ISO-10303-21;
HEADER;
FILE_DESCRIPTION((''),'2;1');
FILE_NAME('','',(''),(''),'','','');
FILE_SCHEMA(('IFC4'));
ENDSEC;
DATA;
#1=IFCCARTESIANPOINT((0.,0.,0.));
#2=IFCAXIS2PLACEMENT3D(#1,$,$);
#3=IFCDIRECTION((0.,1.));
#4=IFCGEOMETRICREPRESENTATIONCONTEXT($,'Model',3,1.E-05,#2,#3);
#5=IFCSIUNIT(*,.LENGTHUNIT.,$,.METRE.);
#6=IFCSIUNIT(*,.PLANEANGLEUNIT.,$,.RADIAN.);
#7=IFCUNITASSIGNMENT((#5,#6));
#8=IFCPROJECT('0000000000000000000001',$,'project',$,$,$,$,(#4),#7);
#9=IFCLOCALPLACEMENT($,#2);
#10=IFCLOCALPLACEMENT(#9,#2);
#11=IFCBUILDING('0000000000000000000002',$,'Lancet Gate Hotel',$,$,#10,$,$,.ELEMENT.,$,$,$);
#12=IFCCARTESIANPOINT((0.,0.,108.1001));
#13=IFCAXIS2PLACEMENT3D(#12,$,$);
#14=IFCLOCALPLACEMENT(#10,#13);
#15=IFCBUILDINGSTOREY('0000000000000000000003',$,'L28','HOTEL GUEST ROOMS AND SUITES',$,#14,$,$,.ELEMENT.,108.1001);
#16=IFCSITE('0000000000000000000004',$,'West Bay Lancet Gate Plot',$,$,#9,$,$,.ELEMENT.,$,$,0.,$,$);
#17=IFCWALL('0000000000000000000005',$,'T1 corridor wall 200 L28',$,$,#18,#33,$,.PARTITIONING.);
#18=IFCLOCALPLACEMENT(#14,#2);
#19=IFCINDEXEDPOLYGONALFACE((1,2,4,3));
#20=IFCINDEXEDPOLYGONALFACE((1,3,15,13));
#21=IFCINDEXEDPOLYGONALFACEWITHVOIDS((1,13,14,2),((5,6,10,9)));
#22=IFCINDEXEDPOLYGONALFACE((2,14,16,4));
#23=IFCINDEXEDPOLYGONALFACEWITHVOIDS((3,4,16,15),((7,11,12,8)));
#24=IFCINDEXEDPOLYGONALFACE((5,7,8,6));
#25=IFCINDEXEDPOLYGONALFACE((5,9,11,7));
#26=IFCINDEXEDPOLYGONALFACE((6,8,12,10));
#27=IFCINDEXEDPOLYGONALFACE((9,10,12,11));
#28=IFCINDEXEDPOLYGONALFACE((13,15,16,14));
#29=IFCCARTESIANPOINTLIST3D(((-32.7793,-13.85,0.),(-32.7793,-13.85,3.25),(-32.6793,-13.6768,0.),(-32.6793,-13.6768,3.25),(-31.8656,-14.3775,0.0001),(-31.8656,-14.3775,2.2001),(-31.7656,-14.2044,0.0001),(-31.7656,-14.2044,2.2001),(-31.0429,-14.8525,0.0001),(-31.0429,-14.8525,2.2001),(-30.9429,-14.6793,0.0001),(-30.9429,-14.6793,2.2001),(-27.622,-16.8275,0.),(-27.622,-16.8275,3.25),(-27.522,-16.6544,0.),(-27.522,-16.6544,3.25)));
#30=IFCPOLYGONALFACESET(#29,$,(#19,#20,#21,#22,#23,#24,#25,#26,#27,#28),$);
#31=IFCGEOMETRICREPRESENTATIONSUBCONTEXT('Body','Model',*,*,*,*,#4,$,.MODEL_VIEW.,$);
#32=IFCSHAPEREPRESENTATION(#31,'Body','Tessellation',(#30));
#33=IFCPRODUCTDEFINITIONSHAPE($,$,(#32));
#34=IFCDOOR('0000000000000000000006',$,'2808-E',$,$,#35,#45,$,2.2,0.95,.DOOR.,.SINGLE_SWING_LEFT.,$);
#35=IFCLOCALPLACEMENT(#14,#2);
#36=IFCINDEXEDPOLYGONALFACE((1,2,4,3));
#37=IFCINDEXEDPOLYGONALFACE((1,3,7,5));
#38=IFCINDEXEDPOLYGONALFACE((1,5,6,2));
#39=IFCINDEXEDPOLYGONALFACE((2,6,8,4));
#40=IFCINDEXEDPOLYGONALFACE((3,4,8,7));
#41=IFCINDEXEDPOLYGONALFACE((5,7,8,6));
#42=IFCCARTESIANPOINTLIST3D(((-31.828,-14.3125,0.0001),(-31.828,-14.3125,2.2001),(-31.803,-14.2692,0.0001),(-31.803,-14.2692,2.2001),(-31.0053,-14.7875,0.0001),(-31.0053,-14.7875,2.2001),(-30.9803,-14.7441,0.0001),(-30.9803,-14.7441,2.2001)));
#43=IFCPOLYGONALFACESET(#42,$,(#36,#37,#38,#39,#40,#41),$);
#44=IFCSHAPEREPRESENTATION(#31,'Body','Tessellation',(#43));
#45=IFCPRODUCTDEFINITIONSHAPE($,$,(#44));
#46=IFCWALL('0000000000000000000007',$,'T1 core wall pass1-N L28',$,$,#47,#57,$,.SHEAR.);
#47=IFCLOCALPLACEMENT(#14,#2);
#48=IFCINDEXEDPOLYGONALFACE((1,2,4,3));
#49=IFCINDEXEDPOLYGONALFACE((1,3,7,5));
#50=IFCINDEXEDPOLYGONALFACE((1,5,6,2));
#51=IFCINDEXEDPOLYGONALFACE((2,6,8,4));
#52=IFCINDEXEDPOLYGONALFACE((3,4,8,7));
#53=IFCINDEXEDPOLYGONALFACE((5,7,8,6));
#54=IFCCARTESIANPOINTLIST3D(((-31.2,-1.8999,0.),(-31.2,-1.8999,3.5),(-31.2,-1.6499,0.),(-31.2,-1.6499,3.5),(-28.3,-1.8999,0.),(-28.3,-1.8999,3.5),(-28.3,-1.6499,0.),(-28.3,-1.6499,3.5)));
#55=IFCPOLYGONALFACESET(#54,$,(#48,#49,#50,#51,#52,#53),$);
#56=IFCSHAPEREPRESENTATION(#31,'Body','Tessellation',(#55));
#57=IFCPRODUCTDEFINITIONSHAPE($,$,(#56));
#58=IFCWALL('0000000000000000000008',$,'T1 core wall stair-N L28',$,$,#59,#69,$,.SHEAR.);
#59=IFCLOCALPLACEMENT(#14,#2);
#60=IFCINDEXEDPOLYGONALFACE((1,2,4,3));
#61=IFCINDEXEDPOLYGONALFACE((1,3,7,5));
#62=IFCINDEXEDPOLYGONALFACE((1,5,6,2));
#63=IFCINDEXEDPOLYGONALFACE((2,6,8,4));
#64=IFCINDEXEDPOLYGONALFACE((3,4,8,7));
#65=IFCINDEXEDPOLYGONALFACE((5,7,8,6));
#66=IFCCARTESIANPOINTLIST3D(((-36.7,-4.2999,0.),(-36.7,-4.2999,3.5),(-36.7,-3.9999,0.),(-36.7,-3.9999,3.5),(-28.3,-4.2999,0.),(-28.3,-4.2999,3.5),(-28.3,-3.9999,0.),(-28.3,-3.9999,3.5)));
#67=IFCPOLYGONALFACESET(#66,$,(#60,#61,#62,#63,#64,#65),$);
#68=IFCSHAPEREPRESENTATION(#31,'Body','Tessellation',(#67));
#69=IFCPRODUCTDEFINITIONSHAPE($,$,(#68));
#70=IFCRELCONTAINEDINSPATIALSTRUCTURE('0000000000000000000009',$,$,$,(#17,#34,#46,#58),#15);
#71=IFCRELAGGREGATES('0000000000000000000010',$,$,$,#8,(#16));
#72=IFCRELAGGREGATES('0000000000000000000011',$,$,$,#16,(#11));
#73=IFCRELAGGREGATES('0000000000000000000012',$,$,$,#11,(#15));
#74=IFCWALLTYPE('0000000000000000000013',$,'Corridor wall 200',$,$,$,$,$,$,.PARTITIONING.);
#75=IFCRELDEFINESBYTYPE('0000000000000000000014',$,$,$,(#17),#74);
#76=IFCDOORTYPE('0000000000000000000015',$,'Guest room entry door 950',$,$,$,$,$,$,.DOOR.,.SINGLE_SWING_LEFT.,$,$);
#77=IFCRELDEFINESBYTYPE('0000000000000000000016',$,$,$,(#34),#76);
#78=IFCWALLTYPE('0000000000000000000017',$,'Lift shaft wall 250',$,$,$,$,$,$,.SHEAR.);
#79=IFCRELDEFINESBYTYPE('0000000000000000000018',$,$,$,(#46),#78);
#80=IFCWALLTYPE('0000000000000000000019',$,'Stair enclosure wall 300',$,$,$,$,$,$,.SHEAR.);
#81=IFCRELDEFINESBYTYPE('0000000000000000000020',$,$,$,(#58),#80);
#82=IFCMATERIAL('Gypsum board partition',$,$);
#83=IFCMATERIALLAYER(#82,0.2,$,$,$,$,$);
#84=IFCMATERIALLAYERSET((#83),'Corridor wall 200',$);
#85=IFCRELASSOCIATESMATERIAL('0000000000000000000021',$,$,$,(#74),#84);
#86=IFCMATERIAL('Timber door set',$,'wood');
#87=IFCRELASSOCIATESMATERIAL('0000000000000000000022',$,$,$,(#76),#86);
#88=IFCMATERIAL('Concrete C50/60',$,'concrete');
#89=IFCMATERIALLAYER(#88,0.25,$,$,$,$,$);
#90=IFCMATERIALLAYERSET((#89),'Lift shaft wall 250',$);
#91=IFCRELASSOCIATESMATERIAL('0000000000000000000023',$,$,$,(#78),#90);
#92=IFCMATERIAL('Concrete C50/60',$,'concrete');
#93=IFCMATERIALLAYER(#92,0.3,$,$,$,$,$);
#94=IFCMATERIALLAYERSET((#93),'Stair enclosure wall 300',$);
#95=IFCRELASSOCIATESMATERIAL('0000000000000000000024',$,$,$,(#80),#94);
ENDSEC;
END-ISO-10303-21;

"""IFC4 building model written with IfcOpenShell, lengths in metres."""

from ifc_helpers import new_model, si_unit, direction, frame, frame_2d, origin, place, context, subcontext, project, spatial, rectangle, extrude, material, layer, layer_set, type_object, element, fill, save


model = new_model("IFC4")

# Units and contexts
model_context = context("Model", 3, precision=1e-05, world=origin(), true_north=direction((0.0, 1.0)))
body_context = subcontext(model_context, "Body", "Model", "MODEL_VIEW")
ifc_project = project(units=[si_unit("LENGTHUNIT", "METRE"), si_unit("PLANEANGLEUNIT", "RADIAN")], contexts=[model_context])

# Site, building, storey
site_placement = place(None, origin())
site = spatial("IfcSite", under=ifc_project, at=site_placement, Name="West Bay Lancet Gate Plot", CompositionType="ELEMENT", RefElevation=0.0)
building_placement = place(site_placement, origin())
building = spatial("IfcBuilding", under=site, at=building_placement, Name="Lancet Gate Hotel", CompositionType="ELEMENT")
storey_placement = place(building_placement, frame((0.0, 0.0, 108.1001)))
storey = spatial("IfcBuildingStorey", under=building, at=storey_placement, Name="L28", Description="HOTEL GUEST ROOMS AND SUITES", CompositionType="ELEMENT", Elevation=108.1001)

# Wall, opening, door
ifc_material_1 = material(Name="Gypsum board partition")
ifc_layer_1 = layer(ifc_material_1, 0.2)
ifc_layer_set_1 = layer_set([ifc_layer_1], Name="Corridor wall 200")
wall_type_1 = type_object("IfcWallType", Name="Corridor wall 200", PredefinedType="PARTITIONING", material=ifc_layer_set_1)
wall_1_placement = place(storey_placement, frame((-27.572, -16.741, 0.0), z_axis=(0.0, 0.0, 1.0), x_axis=(-0.866024, 0.500002, 0.0)))
wall_1 = element("IfcWall", 1, at=wall_1_placement, inside=storey, type_object=wall_type_1, Name="T1 corridor wall 200 L28", PredefinedType="PARTITIONING", context=body_context, shape_type="SweptSolid", body=[
    extrude(rectangle(XDim=5.9551, YDim=0.2, at=frame_2d((2.9775, 0.0))), origin(), (0.0, 0.0, 1.0), 3.25),
])
opening_1_placement = place(wall_1_placement, frame((3.95, 0.0, 0.0)))
opening_1 = element("IfcOpeningElement", 2, at=opening_1_placement, cuts=wall_1, PredefinedType="OPENING", context=body_context, shape_type="SweptSolid", body=[
    extrude(rectangle(XDim=0.95, YDim=2.2, at=frame_2d((0.4751, 1.1001))), frame((0.0, 0.1099, 0.0), z_axis=(0.0, -1.0, 0.0), x_axis=(1.0, 0.0, 0.0)), (0.0, 0.0, 1.0), 0.22),
])
ifc_material_2 = material(Name="Timber door set", Category="wood")
door_type_1 = type_object("IfcDoorType", Name="Guest room entry door 950", OperationType="SINGLE_SWING_LEFT", PredefinedType="DOOR", material=ifc_material_2)
door_1_placement = place(opening_1_placement, origin())
door_1 = element("IfcDoor", 3, at=door_1_placement, inside=storey, type_object=door_type_1, Name="2808-E", OperationType="SINGLE_SWING_LEFT", OverallHeight=2.2, OverallWidth=0.95, PredefinedType="DOOR", context=body_context, shape_type="SweptSolid", body=[
    extrude(rectangle(XDim=0.95, YDim=2.2, at=frame_2d((0.4751, 1.1001))), frame((0.0, 0.0249, 0.0), z_axis=(0.0, -1.0, 0.0), x_axis=(1.0, 0.0, 0.0)), (0.0, 0.0, 1.0), 0.05),
])
fill(opening_1, door_1)

# Walls
ifc_material_3 = material(Name="Concrete C50/60", Category="concrete")
ifc_layer_2 = layer(ifc_material_3, 0.25)
ifc_layer_set_2 = layer_set([ifc_layer_2], Name="Lift shaft wall 250")
wall_type_2 = type_object("IfcWallType", Name="Lift shaft wall 250", PredefinedType="SHEAR", material=ifc_layer_set_2)
wall_2_placement = place(storey_placement, frame((-28.3, -1.7749, 0.0), z_axis=(0.0, 0.0, 1.0), x_axis=(-1.0, 0.0, 0.0)))
element("IfcWall", 4, at=wall_2_placement, inside=storey, type_object=wall_type_2, Name="T1 core wall pass1-N L28", PredefinedType="SHEAR", context=body_context, shape_type="SweptSolid", body=[
    extrude(rectangle(XDim=2.8999, YDim=0.25, at=frame_2d((1.45, 0.0))), origin(), (0.0, 0.0, 1.0), 3.5),
])
ifc_material_4 = material(Name="Concrete C50/60", Category="concrete")
ifc_layer_3 = layer(ifc_material_4, 0.3)
ifc_layer_set_3 = layer_set([ifc_layer_3], Name="Stair enclosure wall 300")
wall_type_3 = type_object("IfcWallType", Name="Stair enclosure wall 300", PredefinedType="SHEAR", material=ifc_layer_set_3)
wall_3_placement = place(storey_placement, frame((-28.3, -4.1499, 0.0), z_axis=(0.0, 0.0, 1.0), x_axis=(-1.0, 0.0, 0.0)))
element("IfcWall", 5, at=wall_3_placement, inside=storey, type_object=wall_type_3, Name="T1 core wall stair-N L28", PredefinedType="SHEAR", context=body_context, shape_type="SweptSolid", body=[
    extrude(rectangle(XDim=8.3999, YDim=0.3, at=frame_2d((4.2, 0.0))), origin(), (0.0, 0.0, 1.0), 3.5),
])

save(model, "model.ifc")
